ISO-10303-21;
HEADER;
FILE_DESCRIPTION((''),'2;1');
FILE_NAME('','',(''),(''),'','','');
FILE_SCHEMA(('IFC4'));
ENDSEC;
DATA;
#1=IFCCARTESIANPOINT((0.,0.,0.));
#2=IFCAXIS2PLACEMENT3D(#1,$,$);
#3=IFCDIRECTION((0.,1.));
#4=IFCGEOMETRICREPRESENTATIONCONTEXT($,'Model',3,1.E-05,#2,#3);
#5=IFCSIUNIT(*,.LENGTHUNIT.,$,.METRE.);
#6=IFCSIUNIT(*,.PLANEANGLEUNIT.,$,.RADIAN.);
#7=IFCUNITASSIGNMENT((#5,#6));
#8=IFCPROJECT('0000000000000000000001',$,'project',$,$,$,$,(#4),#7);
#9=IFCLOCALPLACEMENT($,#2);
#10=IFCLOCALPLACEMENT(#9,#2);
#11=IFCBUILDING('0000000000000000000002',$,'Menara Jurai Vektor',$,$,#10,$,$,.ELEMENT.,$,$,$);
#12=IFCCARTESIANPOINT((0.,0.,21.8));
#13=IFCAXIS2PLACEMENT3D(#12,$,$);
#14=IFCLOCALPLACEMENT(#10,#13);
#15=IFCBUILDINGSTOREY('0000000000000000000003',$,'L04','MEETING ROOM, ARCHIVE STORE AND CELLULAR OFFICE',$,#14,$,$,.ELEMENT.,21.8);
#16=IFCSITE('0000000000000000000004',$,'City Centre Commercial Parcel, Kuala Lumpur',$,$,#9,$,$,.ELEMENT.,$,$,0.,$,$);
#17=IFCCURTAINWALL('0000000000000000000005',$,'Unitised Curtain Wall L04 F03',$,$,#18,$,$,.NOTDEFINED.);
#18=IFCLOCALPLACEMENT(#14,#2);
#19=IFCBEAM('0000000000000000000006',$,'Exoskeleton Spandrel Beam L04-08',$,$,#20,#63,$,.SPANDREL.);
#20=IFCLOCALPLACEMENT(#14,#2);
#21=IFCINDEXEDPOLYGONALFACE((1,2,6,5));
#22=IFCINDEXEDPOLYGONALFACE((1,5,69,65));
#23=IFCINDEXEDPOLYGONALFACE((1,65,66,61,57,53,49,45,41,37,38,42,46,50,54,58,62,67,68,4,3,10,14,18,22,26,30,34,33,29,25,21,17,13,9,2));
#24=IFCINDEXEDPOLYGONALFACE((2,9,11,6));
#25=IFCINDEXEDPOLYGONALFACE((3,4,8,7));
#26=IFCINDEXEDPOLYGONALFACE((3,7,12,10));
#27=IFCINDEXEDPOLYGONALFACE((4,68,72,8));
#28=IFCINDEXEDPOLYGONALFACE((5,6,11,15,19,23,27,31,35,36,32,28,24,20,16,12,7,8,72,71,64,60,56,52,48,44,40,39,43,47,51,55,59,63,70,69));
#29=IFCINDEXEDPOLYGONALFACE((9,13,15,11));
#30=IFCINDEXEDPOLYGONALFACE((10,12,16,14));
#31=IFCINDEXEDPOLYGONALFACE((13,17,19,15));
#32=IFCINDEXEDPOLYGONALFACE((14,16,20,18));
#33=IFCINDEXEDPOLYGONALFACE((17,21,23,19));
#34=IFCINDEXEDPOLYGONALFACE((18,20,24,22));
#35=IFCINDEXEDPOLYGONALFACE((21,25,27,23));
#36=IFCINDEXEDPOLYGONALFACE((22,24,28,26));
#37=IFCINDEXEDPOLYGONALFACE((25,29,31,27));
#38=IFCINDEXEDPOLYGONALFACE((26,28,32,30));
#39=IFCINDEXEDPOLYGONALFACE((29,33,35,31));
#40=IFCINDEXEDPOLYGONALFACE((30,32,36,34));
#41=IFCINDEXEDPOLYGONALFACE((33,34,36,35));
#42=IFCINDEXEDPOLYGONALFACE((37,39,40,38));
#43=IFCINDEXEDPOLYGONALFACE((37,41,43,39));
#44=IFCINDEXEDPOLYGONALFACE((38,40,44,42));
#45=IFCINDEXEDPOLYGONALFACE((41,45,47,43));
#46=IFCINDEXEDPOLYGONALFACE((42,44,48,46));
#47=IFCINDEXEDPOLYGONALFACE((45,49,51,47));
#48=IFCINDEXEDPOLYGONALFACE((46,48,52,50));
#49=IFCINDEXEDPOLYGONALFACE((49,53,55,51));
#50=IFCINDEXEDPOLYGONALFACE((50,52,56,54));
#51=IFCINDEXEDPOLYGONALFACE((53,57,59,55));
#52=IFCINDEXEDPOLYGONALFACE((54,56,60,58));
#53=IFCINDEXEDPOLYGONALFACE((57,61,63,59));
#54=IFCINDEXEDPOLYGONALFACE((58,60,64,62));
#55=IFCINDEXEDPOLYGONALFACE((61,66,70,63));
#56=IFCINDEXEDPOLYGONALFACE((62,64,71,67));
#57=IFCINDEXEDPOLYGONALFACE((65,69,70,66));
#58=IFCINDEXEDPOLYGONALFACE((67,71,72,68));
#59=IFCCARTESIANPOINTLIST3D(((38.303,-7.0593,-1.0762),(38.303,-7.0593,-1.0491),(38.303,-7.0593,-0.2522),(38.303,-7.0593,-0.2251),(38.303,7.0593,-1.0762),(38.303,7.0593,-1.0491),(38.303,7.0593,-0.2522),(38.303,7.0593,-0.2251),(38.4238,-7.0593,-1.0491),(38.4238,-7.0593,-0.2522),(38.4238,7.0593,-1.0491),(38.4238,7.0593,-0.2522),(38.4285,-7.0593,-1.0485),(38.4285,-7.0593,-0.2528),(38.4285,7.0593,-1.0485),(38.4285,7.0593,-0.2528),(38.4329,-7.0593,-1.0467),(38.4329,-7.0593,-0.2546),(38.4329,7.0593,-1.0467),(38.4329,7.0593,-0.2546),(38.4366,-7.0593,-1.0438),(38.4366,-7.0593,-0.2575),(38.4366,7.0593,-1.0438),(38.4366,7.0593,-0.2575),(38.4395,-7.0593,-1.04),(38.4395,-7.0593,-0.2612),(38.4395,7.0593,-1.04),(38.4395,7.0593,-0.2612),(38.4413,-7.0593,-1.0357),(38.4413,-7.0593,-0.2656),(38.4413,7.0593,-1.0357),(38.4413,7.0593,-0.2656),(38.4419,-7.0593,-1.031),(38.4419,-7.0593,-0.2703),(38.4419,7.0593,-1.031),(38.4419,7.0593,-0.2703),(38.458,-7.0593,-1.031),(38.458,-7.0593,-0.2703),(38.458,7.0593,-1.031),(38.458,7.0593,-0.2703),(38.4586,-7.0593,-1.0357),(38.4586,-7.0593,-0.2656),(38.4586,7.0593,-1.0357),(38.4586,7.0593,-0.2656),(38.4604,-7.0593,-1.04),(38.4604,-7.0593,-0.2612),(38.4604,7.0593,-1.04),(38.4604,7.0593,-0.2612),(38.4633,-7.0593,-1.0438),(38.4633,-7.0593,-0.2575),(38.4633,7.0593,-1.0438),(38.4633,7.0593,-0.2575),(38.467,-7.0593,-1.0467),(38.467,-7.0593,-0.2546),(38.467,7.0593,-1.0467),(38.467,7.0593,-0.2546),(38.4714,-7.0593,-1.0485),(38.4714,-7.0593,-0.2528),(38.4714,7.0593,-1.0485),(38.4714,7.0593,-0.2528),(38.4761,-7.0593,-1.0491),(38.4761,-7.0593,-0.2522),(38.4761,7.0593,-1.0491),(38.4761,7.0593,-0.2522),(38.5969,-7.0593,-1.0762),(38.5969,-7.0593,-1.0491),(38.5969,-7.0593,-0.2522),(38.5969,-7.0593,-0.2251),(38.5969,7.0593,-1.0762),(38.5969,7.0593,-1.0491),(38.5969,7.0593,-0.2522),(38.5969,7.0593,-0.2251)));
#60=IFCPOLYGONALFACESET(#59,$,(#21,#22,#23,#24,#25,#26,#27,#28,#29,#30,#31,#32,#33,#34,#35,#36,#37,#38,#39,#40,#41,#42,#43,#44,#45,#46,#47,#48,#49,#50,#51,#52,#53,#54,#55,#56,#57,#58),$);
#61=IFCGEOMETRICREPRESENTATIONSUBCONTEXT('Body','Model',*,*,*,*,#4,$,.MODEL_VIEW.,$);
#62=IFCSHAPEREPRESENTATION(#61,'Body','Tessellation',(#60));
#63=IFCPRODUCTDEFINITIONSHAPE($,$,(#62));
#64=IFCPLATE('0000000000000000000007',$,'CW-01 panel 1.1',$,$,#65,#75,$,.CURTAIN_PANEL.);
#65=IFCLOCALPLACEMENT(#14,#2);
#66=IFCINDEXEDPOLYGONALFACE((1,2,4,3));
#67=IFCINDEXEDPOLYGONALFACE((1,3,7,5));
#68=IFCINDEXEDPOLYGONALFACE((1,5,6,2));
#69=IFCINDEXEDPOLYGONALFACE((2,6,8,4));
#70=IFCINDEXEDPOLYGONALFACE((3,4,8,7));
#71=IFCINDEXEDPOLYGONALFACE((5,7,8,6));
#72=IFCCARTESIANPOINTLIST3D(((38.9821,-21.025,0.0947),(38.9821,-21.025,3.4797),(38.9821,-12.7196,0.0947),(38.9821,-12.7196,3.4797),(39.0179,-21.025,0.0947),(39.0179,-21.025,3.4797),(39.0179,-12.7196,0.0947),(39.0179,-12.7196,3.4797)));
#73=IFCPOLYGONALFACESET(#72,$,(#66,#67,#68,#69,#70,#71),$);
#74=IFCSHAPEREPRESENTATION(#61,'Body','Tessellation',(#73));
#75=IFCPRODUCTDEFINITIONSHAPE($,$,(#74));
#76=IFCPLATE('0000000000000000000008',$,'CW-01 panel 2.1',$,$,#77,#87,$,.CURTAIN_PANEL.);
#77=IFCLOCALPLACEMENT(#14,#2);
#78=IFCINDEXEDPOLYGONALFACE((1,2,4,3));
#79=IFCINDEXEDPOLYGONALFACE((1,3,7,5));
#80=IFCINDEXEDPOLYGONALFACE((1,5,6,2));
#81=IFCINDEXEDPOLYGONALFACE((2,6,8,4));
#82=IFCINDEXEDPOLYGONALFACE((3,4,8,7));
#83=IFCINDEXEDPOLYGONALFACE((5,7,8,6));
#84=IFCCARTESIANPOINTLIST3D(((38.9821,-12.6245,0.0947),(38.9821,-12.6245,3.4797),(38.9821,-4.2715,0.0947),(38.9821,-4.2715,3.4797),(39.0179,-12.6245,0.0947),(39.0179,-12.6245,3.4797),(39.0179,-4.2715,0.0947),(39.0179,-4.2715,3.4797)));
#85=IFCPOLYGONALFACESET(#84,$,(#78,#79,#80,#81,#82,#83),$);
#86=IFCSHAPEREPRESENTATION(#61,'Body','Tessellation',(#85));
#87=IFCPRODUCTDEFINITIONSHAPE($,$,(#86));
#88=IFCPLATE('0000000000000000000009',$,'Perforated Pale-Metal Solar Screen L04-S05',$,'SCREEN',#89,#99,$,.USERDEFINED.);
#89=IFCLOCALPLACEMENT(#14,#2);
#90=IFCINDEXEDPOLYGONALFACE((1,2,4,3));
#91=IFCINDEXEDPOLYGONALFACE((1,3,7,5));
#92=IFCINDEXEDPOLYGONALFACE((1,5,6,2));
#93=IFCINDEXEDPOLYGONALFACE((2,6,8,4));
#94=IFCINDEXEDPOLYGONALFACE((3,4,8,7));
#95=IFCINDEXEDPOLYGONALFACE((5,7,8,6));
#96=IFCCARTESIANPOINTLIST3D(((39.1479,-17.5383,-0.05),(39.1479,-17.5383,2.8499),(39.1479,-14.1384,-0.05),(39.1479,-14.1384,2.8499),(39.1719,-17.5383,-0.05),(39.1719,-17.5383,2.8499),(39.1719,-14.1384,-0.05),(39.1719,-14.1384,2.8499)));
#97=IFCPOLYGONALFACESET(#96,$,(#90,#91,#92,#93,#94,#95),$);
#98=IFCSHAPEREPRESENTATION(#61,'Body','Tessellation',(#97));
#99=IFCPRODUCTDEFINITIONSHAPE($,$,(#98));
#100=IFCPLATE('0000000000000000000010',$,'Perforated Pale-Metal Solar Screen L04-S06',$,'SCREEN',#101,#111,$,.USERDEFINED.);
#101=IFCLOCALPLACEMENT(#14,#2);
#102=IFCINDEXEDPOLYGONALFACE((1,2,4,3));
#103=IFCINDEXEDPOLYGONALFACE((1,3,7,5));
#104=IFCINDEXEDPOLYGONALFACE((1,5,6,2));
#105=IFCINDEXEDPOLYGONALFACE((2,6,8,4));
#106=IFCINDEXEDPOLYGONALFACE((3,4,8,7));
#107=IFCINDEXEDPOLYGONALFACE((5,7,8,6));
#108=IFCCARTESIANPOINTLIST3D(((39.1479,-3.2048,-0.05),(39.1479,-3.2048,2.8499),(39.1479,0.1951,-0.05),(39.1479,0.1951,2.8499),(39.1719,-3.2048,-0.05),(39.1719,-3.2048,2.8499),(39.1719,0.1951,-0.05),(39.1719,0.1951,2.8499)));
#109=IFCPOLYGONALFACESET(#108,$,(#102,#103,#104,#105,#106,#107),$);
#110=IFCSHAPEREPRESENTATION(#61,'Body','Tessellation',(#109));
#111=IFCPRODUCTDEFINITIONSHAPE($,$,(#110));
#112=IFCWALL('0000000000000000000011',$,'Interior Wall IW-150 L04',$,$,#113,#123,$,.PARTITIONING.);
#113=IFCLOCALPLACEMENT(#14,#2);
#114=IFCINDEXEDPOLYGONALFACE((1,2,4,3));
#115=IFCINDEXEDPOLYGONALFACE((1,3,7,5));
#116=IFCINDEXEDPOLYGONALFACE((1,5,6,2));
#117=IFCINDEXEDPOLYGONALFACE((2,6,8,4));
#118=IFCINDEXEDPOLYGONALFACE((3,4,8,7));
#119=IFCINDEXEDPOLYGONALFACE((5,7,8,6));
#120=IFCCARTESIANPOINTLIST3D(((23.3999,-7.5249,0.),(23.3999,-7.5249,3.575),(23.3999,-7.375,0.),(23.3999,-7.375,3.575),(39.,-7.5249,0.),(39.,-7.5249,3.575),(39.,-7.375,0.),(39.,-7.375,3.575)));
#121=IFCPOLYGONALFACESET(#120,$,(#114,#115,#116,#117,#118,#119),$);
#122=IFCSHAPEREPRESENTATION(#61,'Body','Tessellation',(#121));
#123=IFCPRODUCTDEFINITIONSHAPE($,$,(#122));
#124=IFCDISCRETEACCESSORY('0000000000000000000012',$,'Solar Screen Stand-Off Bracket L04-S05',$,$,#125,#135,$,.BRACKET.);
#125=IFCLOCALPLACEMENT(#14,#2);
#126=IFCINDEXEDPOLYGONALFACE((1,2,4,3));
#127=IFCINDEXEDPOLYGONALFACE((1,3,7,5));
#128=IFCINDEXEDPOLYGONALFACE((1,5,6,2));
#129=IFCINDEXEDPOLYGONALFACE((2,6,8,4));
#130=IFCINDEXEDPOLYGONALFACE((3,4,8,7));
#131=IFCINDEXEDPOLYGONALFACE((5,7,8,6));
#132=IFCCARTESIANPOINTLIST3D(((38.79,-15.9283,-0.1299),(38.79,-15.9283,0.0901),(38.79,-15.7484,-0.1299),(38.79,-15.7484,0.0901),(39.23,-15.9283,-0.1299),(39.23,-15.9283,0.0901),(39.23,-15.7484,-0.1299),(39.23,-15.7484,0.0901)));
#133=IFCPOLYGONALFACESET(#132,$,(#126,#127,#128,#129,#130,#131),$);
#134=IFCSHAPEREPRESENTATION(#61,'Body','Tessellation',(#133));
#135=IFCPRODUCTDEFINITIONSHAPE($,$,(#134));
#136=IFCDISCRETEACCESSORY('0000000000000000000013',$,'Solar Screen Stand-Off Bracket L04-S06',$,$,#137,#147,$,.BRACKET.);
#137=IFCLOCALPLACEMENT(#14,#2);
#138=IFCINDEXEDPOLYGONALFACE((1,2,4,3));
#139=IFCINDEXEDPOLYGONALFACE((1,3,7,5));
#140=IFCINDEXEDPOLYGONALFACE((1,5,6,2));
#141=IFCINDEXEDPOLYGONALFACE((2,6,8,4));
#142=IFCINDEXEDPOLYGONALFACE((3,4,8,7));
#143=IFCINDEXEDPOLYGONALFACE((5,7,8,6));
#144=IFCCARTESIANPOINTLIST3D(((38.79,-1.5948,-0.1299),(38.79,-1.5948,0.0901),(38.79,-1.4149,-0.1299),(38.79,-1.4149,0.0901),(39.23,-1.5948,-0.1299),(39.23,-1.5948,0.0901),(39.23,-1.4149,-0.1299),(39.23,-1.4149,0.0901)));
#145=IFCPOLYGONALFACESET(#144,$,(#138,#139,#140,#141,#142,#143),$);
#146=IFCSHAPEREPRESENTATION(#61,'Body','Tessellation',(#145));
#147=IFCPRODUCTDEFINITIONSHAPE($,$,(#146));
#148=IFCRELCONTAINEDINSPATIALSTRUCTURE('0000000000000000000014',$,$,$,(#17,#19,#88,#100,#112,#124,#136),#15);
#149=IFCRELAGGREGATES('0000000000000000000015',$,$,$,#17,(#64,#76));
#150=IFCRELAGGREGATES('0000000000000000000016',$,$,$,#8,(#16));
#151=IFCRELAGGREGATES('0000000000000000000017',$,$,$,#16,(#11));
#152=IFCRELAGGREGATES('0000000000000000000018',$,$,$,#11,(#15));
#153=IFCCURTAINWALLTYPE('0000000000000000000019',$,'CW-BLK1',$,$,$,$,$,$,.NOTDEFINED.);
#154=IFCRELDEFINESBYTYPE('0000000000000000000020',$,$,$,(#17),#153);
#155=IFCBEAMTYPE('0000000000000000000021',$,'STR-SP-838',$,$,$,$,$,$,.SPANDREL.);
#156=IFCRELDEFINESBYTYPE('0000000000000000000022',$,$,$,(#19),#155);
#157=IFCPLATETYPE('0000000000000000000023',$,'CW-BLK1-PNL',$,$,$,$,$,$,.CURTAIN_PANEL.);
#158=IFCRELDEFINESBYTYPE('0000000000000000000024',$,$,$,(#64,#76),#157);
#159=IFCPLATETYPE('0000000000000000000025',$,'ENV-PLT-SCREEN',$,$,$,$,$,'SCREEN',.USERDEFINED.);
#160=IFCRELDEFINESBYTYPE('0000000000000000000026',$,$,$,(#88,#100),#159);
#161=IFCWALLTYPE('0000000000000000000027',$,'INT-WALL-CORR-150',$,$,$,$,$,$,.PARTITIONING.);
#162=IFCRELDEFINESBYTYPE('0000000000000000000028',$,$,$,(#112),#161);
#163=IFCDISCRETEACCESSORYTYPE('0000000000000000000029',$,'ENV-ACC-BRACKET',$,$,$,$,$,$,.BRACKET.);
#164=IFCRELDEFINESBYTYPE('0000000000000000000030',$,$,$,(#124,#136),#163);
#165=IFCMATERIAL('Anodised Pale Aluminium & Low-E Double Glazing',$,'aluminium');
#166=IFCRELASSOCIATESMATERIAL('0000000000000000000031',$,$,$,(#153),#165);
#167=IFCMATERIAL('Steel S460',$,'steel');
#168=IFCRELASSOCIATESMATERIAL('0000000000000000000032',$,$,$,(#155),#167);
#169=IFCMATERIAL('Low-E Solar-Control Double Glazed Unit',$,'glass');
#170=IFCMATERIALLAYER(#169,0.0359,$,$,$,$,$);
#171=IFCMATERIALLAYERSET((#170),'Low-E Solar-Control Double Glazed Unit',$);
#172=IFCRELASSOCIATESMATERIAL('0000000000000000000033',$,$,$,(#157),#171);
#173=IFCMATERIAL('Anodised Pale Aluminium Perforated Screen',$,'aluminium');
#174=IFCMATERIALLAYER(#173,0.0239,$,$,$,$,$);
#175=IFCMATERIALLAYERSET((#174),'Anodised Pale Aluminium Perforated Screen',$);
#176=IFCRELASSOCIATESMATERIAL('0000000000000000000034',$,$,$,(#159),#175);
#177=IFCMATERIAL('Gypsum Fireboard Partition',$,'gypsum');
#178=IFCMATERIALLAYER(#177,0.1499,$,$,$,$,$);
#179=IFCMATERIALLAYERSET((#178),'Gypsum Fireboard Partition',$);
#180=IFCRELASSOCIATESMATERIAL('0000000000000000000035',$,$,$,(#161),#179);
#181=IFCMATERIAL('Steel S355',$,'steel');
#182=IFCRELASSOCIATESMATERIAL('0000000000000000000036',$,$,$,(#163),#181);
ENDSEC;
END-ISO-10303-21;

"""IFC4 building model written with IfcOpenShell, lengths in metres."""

from ifc_helpers import new_model, si_unit, direction, frame, frame_2d, origin, origin_2d, place, context, subcontext, project, spatial, rectangle, i_section, extrude, material, layer, layer_set, material_profile, profile_set, type_object, element, aggregate, save


model = new_model("IFC4")

# Units and contexts
model_context = context("Model", 3, precision=1e-05, world=origin(), true_north=direction((0.0, 1.0)))
body_context = subcontext(model_context, "Body", "Model", "MODEL_VIEW")
ifc_project = project(units=[si_unit("LENGTHUNIT", "METRE"), si_unit("PLANEANGLEUNIT", "RADIAN")], contexts=[model_context])

# Site, building, storey
site_placement = place(None, origin())
site = spatial("IfcSite", under=ifc_project, at=site_placement, Name="City Centre Commercial Parcel, Kuala Lumpur", CompositionType="ELEMENT", RefElevation=0.0)
building_placement = place(site_placement, origin())
building = spatial("IfcBuilding", under=site, at=building_placement, Name="Menara Jurai Vektor", CompositionType="ELEMENT")
storey_placement = place(building_placement, frame((0.0, 0.0, 21.8)))
storey = spatial("IfcBuildingStorey", under=building, at=storey_placement, Name="L04", Description="MEETING ROOM, ARCHIVE STORE AND CELLULAR OFFICE", CompositionType="ELEMENT", Elevation=21.8)

# Shared definitions
ifc_material_1 = material(Name="Steel S460", Category="steel")

# Curtain wall
ifc_material_2 = material(Name="Anodised Pale Aluminium & Low-E Double Glazing", Category="aluminium")
curtain_wall_type = type_object("IfcCurtainWallType", Name="CW-BLK1", PredefinedType="NOTDEFINED", material=ifc_material_2)
curtain_wall_placement = place(storey_placement, origin())
curtain_wall = element("IfcCurtainWall", 1, at=curtain_wall_placement, inside=storey, type_object=curtain_wall_type, Name="Unitised Curtain Wall L04 F03", PredefinedType="NOTDEFINED")

# Shared definitions
ifc_material_3 = material(Name="Steel S355", Category="steel")

# Beam
ifc_material_profile_1 = material_profile(ifc_material_1, i_section(OverallWidth=0.2939, OverallDepth=0.8511, WebThickness=0.0161, FlangeThickness=0.0271, FilletRadius=0.0181, at=origin_2d()), Name="UKB 838x292x226")
ifc_profile_set_1 = profile_set([ifc_material_profile_1], Name="Steel S460")
beam_type_1 = type_object("IfcBeamType", Name="STR-SP-838", PredefinedType="SPANDREL", material=ifc_profile_set_1)
beam_1_placement = place(storey_placement, frame((38.45, -7.0593, -0.6506), z_axis=(0.0, 1.0, 0.0), x_axis=(-1.0, 0.0, 0.0)))
element("IfcBeam", 2, at=beam_1_placement, inside=storey, type_object=beam_type_1, Name="Exoskeleton Spandrel Beam L04-08", PredefinedType="SPANDREL", context=body_context, shape_type="SweptSolid", body=[
    extrude(i_section(OverallWidth=0.2939, OverallDepth=0.8511, WebThickness=0.0161, FlangeThickness=0.0271, FilletRadius=0.0181, at=origin_2d()), origin(), (0.0, 0.0, 1.0), 14.1187),
])

# Plates
ifc_material_4 = material(Name="Low-E Solar-Control Double Glazed Unit", Category="glass")
ifc_layer_1 = layer(ifc_material_4, 0.0359)
ifc_layer_set_1 = layer_set([ifc_layer_1], Name="Low-E Solar-Control Double Glazed Unit")
plate_type_1 = type_object("IfcPlateType", Name="CW-BLK1-PNL", PredefinedType="CURTAIN_PANEL", material=ifc_layer_set_1)
plate_1_placement = place(storey_placement, frame((39.0, -16.8723, 0.0947), z_axis=(0.0, 0.0, 1.0), x_axis=(0.0, 1.0, 0.0)))
plate_1 = element("IfcPlate", 3, at=plate_1_placement, type_object=plate_type_1, Name="CW-01 panel 1.1", PredefinedType="CURTAIN_PANEL", context=body_context, shape_type="SweptSolid", body=[
    extrude(rectangle(XDim=8.3054, YDim=0.0359, at=origin_2d()), origin(), (0.0, 0.0, 1.0), 3.385),
])
plate_2_placement = place(storey_placement, frame((39.0, -8.448, 0.0947), z_axis=(0.0, 0.0, 1.0), x_axis=(0.0, 1.0, 0.0)))
plate_2 = element("IfcPlate", 4, at=plate_2_placement, type_object=plate_type_1, Name="CW-01 panel 2.1", PredefinedType="CURTAIN_PANEL", context=body_context, shape_type="SweptSolid", body=[
    extrude(rectangle(XDim=8.353, YDim=0.0359, at=origin_2d()), origin(), (0.0, 0.0, 1.0), 3.385),
])
aggregate(curtain_wall, [plate_1, plate_2])

# Plates
ifc_material_5 = material(Name="Anodised Pale Aluminium Perforated Screen", Category="aluminium")
ifc_layer_2 = layer(ifc_material_5, 0.0239)
ifc_layer_set_2 = layer_set([ifc_layer_2], Name="Anodised Pale Aluminium Perforated Screen")
plate_type_2 = type_object("IfcPlateType", Name="ENV-PLT-SCREEN", ElementType="SCREEN", PredefinedType="USERDEFINED", material=ifc_layer_set_2)
for number, where, z_axis, x_axis, name in (
    (5, (39.1599, -15.8384, -0.05), (0.0, 0.0, 1.0), (0.0, 1.0, 0.0), "Perforated Pale-Metal Solar Screen L04-S05"),
    (6, (39.1599, -1.5049, -0.05), (0.0, 0.0, 1.0), (0.0, 1.0, 0.0), "Perforated Pale-Metal Solar Screen L04-S06"),
):
    element("IfcPlate", number, at=place(storey_placement, frame(where, z_axis=z_axis, x_axis=x_axis)), inside=storey, type_object=plate_type_2, Name=name, ObjectType="SCREEN", PredefinedType="USERDEFINED", context=body_context, shape_type="SweptSolid", body=[
        extrude(rectangle(XDim=3.3999, YDim=0.0239, at=origin_2d()), origin(), (0.0, 0.0, 1.0), 2.8999),
    ])

# Wall
ifc_material_6 = material(Name="Gypsum Fireboard Partition", Category="gypsum")
ifc_layer_3 = layer(ifc_material_6, 0.1499)
ifc_layer_set_3 = layer_set([ifc_layer_3], Name="Gypsum Fireboard Partition")
wall_type = type_object("IfcWallType", Name="INT-WALL-CORR-150", PredefinedType="PARTITIONING", material=ifc_layer_set_3)
wall_placement = place(storey_placement, frame((23.3999, -7.45, 0.0), z_axis=(0.0, 0.0, 1.0), x_axis=(1.0, 0.0, 0.0)))
element("IfcWall", 7, at=wall_placement, inside=storey, type_object=wall_type, Name="Interior Wall IW-150 L04", PredefinedType="PARTITIONING", context=body_context, shape_type="SweptSolid", body=[
    extrude(rectangle(XDim=15.6001, YDim=0.1499, at=frame_2d((7.8, 0.0))), origin(), (0.0, 0.0, 1.0), 3.575),
])

# Discrete accessories
discrete_accessory_type = type_object("IfcDiscreteAccessoryType", Name="ENV-ACC-BRACKET", PredefinedType="BRACKET", material=ifc_material_3)
for number, where, z_axis, x_axis, name in (
    (8, (39.01, -15.8384, -0.1299), (0.0, 0.0, 1.0), (0.0, 1.0, 0.0), "Solar Screen Stand-Off Bracket L04-S05"),
    (9, (39.01, -1.5049, -0.1299), (0.0, 0.0, 1.0), (0.0, 1.0, 0.0), "Solar Screen Stand-Off Bracket L04-S06"),
):
    element("IfcDiscreteAccessory", number, at=place(storey_placement, frame(where, z_axis=z_axis, x_axis=x_axis)), inside=storey, type_object=discrete_accessory_type, Name=name, PredefinedType="BRACKET", context=body_context, shape_type="SweptSolid", body=[
        extrude(rectangle(XDim=0.1799, YDim=0.4399, at=origin_2d()), origin(), (0.0, 0.0, 1.0), 0.22),
    ])

save(model, "model.ifc")
